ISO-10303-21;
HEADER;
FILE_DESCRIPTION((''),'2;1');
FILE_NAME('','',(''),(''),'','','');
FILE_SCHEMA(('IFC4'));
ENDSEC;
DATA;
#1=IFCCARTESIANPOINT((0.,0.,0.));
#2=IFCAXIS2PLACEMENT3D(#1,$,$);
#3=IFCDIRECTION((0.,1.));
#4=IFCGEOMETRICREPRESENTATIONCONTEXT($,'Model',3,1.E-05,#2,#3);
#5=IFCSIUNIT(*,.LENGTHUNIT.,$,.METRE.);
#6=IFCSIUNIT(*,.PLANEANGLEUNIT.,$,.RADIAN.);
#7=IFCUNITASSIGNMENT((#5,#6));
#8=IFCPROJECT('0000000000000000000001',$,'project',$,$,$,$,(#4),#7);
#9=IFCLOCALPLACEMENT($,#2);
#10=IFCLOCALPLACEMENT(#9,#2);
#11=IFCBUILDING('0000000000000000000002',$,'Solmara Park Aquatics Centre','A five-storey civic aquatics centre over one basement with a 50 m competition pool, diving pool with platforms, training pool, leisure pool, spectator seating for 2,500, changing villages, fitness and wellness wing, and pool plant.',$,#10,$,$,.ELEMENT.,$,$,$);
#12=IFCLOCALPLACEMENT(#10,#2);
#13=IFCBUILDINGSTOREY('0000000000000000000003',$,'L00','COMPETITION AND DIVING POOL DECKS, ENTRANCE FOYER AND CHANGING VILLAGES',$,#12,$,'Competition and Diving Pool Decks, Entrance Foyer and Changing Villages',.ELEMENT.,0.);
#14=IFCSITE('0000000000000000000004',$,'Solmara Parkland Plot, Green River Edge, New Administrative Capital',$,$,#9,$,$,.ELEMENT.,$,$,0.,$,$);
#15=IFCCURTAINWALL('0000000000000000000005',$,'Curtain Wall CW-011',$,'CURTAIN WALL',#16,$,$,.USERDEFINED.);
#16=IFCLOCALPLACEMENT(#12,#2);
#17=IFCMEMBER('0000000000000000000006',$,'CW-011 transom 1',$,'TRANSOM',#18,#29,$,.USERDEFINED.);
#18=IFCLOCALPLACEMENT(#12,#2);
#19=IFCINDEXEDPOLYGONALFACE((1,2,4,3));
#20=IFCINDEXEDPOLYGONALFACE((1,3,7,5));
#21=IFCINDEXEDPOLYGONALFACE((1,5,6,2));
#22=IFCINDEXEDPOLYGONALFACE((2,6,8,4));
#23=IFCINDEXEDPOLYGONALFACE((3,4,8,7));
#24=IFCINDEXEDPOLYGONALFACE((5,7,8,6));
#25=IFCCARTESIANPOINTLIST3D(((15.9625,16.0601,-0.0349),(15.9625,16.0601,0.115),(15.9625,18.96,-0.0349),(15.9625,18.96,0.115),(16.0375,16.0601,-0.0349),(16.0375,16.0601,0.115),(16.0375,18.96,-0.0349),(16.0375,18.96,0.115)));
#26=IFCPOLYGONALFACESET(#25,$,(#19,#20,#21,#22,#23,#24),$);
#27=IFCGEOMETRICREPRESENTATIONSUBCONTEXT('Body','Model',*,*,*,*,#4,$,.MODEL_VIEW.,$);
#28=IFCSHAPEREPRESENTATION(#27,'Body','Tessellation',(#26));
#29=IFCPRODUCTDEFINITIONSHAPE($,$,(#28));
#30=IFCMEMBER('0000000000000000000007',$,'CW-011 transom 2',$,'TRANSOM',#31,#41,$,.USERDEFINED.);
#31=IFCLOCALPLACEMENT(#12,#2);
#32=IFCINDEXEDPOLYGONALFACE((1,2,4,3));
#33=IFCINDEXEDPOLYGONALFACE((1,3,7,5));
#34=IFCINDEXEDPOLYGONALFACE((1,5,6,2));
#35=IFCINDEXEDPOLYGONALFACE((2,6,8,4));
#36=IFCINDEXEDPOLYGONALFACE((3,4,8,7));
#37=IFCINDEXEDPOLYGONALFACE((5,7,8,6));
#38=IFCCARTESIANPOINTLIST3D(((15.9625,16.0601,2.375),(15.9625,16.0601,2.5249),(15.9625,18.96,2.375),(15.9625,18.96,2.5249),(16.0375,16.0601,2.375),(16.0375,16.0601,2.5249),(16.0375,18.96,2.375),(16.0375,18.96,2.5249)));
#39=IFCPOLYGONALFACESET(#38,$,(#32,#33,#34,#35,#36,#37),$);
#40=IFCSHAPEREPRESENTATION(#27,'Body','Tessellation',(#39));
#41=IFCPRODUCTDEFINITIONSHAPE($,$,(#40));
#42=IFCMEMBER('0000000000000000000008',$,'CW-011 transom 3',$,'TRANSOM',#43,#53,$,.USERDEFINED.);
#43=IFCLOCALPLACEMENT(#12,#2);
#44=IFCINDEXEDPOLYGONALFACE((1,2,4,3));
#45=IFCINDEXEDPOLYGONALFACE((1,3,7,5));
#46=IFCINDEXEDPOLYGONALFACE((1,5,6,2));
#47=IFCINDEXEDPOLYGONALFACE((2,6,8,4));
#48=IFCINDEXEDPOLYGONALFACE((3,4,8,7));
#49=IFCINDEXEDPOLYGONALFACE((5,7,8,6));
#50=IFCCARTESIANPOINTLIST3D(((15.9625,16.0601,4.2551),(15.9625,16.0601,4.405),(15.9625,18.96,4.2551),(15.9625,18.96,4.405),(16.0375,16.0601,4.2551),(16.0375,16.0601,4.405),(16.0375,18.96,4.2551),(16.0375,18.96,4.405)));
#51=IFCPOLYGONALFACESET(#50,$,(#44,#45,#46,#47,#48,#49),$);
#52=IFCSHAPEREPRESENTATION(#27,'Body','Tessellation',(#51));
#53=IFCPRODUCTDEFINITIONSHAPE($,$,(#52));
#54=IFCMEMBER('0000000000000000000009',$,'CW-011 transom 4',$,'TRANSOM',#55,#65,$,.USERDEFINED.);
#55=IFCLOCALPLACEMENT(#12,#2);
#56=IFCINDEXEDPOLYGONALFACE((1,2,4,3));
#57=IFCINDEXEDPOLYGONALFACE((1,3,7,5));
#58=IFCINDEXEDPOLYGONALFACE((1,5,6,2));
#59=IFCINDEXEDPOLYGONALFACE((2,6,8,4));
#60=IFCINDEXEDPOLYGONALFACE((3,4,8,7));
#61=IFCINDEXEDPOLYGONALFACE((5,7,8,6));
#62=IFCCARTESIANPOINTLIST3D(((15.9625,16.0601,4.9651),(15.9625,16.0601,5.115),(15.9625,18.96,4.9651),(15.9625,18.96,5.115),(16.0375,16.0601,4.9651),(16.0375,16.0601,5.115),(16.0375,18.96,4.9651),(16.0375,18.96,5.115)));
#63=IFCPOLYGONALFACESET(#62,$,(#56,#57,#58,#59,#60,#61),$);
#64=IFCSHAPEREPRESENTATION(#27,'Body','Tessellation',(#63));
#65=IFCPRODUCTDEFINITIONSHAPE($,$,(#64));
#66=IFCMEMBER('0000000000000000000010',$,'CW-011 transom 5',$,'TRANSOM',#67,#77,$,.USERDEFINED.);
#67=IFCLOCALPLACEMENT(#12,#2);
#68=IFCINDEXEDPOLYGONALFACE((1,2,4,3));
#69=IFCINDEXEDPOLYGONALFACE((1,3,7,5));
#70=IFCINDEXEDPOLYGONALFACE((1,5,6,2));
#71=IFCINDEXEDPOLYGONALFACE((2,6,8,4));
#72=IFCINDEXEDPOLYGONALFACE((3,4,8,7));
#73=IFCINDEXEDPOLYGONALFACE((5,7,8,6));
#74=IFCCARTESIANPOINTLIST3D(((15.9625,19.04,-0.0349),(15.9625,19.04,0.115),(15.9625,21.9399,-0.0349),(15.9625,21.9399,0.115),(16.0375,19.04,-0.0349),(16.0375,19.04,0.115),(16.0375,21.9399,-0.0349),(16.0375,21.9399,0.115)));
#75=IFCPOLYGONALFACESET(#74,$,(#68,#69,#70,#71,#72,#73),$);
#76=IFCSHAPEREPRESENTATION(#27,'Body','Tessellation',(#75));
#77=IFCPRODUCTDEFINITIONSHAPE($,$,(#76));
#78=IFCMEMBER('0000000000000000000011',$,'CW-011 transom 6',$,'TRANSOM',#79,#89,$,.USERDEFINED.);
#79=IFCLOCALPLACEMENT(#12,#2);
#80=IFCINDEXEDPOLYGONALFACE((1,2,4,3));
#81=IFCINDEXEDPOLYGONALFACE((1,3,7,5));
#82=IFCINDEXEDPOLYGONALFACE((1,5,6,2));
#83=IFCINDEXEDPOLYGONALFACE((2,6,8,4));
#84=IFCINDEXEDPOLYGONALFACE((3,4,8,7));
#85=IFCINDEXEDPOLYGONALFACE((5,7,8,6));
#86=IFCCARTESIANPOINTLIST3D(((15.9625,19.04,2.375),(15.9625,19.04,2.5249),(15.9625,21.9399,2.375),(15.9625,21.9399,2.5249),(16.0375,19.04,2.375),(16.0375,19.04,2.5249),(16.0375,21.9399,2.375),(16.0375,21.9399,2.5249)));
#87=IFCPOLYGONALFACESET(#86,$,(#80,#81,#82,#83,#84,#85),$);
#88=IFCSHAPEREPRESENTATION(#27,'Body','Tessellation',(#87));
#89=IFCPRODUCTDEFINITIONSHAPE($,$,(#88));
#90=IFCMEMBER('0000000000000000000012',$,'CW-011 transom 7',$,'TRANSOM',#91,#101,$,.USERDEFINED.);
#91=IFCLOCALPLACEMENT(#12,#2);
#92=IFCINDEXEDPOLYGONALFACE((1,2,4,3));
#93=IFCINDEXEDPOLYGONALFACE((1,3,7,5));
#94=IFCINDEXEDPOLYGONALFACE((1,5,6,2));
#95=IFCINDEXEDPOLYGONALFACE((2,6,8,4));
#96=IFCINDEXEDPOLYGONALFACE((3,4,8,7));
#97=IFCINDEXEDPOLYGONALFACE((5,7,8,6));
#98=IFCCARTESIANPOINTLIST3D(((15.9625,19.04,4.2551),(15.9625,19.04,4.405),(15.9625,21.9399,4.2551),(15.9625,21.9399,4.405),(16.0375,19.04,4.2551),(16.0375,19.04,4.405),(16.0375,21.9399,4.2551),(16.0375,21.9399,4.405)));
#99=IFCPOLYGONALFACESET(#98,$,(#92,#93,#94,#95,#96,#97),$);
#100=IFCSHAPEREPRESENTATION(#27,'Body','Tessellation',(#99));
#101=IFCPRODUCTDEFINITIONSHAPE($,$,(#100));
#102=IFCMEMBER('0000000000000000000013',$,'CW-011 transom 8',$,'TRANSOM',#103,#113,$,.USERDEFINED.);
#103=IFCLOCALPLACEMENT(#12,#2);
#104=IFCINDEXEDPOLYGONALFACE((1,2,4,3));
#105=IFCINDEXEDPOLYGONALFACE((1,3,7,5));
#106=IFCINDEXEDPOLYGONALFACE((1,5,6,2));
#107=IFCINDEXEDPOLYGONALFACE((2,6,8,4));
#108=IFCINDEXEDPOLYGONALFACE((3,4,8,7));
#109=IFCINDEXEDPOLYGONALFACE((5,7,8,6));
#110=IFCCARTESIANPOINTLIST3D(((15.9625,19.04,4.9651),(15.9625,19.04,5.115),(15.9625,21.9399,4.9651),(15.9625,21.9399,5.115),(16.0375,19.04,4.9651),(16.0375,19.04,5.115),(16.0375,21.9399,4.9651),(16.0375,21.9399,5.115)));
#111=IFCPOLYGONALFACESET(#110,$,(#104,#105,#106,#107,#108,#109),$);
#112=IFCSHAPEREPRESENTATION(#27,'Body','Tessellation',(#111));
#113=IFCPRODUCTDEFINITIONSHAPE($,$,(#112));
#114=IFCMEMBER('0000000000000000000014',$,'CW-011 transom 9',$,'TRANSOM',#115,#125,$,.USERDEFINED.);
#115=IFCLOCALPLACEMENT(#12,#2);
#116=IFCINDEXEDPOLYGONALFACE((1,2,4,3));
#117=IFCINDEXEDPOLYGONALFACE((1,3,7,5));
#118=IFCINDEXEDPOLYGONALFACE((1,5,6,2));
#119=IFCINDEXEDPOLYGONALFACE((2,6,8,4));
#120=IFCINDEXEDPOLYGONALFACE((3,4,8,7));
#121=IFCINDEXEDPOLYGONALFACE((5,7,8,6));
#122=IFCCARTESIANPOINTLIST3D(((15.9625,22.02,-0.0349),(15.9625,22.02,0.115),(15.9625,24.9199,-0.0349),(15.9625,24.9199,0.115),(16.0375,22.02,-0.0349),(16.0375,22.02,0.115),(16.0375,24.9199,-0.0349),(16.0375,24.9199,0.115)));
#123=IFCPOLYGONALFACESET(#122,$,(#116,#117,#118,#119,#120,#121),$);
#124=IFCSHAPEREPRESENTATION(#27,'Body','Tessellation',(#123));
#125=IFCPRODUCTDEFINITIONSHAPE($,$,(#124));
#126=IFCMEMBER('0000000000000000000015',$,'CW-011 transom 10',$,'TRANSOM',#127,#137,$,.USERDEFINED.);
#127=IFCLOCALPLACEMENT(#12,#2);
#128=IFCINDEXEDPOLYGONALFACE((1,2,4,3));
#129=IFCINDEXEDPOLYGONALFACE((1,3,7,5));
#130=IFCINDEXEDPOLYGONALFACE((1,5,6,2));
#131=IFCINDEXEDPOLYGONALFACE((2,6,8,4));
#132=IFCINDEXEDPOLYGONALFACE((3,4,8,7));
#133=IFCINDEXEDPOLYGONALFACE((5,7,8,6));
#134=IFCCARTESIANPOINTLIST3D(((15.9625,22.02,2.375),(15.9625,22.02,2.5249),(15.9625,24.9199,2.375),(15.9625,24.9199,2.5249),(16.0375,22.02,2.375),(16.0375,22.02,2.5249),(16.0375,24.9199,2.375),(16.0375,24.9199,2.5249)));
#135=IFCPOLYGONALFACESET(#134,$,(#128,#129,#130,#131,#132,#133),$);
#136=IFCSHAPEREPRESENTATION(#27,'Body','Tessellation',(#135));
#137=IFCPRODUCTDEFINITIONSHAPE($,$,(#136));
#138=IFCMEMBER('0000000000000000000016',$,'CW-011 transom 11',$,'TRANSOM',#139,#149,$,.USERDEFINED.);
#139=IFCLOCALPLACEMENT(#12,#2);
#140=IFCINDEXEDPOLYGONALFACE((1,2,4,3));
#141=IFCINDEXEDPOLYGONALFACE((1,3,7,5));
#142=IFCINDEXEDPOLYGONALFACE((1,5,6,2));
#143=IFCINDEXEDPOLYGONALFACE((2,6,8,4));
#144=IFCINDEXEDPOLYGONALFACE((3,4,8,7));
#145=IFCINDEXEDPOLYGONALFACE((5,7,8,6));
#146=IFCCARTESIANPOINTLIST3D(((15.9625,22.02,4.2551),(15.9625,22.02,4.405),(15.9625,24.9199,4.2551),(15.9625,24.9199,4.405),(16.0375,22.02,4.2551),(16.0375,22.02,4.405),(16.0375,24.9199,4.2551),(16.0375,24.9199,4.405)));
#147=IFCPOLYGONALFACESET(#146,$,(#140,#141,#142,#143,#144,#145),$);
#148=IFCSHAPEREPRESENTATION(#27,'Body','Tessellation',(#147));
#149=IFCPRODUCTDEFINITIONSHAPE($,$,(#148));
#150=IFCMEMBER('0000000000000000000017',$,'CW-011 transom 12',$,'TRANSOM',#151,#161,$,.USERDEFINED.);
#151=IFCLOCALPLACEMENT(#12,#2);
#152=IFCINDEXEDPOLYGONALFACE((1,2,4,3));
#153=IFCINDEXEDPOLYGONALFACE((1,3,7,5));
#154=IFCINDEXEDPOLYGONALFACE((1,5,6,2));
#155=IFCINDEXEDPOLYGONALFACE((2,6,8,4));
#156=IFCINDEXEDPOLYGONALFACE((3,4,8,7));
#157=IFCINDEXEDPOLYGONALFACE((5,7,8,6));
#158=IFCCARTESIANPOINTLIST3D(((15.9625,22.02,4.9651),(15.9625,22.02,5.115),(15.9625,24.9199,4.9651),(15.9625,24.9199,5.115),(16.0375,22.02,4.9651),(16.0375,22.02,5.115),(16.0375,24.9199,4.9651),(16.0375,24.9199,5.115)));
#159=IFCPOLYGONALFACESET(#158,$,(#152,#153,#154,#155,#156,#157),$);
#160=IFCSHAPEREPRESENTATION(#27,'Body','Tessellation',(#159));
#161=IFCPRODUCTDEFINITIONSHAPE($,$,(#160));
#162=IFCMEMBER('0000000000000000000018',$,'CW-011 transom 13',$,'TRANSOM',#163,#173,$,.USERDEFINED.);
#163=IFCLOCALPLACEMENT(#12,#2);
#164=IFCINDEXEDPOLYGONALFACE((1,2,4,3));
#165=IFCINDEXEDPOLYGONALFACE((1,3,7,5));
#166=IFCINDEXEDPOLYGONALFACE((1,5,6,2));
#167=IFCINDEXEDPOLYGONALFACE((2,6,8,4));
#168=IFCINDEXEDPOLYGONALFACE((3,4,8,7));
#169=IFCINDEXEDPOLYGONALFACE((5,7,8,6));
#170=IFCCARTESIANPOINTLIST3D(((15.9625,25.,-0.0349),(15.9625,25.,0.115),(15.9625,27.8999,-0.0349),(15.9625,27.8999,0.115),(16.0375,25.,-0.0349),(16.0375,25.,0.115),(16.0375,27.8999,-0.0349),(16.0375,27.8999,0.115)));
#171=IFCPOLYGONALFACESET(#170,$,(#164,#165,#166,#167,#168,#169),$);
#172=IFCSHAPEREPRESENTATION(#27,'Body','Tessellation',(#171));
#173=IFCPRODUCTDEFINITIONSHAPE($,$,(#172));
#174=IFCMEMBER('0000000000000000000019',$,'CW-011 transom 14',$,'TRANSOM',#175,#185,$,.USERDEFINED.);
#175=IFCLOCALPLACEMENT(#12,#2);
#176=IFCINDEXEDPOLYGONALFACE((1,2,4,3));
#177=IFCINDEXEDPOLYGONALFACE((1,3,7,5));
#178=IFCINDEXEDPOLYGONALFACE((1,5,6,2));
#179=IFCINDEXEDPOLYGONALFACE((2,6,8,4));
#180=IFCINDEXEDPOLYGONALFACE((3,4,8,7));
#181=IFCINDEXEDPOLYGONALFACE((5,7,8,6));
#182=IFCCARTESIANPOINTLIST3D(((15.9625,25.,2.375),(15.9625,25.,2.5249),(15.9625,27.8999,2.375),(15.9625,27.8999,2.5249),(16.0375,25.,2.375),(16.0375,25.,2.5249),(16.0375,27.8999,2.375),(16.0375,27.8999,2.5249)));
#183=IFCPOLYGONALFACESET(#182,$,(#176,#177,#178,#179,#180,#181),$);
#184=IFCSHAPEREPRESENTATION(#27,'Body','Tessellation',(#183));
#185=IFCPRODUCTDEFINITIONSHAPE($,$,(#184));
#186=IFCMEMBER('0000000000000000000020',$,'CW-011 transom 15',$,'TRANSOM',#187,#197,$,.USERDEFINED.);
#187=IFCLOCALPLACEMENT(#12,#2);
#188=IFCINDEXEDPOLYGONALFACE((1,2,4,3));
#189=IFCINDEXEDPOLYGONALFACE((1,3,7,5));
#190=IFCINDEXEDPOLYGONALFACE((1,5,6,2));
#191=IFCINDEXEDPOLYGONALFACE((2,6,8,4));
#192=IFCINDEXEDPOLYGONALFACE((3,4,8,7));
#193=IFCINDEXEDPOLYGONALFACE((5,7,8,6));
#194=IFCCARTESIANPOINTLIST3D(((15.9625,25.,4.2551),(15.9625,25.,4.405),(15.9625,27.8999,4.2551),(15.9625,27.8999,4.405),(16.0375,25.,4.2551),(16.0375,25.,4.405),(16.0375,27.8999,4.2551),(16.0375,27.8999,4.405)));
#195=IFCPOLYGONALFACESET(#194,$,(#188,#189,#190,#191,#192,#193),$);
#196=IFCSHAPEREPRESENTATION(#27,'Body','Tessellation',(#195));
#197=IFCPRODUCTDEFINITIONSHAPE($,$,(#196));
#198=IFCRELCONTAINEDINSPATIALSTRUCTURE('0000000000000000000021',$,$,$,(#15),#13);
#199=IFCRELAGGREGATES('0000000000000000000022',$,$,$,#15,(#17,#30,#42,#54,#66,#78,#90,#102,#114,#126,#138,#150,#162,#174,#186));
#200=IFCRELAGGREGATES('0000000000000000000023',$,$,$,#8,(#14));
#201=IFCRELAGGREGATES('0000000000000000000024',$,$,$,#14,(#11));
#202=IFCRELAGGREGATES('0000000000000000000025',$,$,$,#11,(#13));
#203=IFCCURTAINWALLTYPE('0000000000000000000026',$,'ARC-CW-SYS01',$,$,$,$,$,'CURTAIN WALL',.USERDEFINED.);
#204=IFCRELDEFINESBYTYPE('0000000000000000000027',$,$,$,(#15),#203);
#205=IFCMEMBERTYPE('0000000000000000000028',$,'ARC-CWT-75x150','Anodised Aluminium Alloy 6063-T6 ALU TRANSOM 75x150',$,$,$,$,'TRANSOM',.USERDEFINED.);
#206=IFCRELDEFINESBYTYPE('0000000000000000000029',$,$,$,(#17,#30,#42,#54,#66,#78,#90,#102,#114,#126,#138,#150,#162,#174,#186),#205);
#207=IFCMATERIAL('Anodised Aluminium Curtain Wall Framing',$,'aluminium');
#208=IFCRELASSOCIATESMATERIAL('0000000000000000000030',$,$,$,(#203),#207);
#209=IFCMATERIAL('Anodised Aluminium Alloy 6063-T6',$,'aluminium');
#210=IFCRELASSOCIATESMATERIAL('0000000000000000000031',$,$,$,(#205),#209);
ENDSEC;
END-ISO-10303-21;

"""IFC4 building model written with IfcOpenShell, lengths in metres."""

from ifc_helpers import new_model, si_unit, direction, frame, origin, origin_2d, place, context, subcontext, project, spatial, rectangle, extrude, material, material_profile, profile_set, type_object, element, aggregate, save


model = new_model("IFC4")

# Units and contexts
model_context = context("Model", 3, precision=1e-05, world=origin(), true_north=direction((0.0, 1.0)))
body_context = subcontext(model_context, "Body", "Model", "MODEL_VIEW")
ifc_project = project(units=[si_unit("LENGTHUNIT", "METRE"), si_unit("PLANEANGLEUNIT", "RADIAN")], contexts=[model_context])

# Site, building, storey
site_placement = place(None, origin())
site = spatial("IfcSite", under=ifc_project, at=site_placement, Name="Solmara Parkland Plot, Green River Edge, New Administrative Capital", CompositionType="ELEMENT", RefElevation=0.0)
building_placement = place(site_placement, origin())
building = spatial("IfcBuilding", under=site, at=building_placement, Name="Solmara Park Aquatics Centre", Description="A five-storey civic aquatics centre over one basement with a 50 m competition pool, diving pool with platforms, training pool, leisure pool, spectator seating for 2,500, changing villages, fitness and wellness wing, and pool plant.", CompositionType="ELEMENT")
storey_placement = place(building_placement, origin())
storey = spatial("IfcBuildingStorey", under=building, at=storey_placement, Name="L00", Description="COMPETITION AND DIVING POOL DECKS, ENTRANCE FOYER AND CHANGING VILLAGES", LongName="Competition and Diving Pool Decks, Entrance Foyer and Changing Villages", CompositionType="ELEMENT", Elevation=0.0)

# Curtain wall
ifc_material_1 = material(Name="Anodised Aluminium Curtain Wall Framing", Category="aluminium")
curtain_wall_type = type_object("IfcCurtainWallType", Name="ARC-CW-SYS01", ElementType="CURTAIN WALL", PredefinedType="USERDEFINED", material=ifc_material_1)
curtain_wall_1_placement = place(storey_placement, origin())
curtain_wall_1 = element("IfcCurtainWall", 1, at=curtain_wall_1_placement, inside=storey, type_object=curtain_wall_type, Name="Curtain Wall CW-011", ObjectType="CURTAIN WALL", PredefinedType="USERDEFINED")
ifc_material_2 = material(Name="Anodised Aluminium Alloy 6063-T6", Category="aluminium")

# Members
ifc_material_profile_1 = material_profile(ifc_material_2, rectangle(XDim=0.075, YDim=0.1499, at=origin_2d()), Name="ALU TRANSOM 75x150")
ifc_profile_set_1 = profile_set([ifc_material_profile_1], Name="Anodised Aluminium Alloy 6063-T6")
member_type_1 = type_object("IfcMemberType", Name="ARC-CWT-75x150", Description="Anodised Aluminium Alloy 6063-T6 ALU TRANSOM 75x150", ElementType="TRANSOM", PredefinedType="USERDEFINED", material=ifc_profile_set_1)
member_1_placement = place(storey_placement, frame((16.0, 16.0601, 0.04), z_axis=(0.0, 1.0, 0.0), x_axis=(-1.0, 0.0, 0.0)))
member_1 = element("IfcMember", 2, at=member_1_placement, type_object=member_type_1, Name="CW-011 transom 1", ObjectType="TRANSOM", PredefinedType="USERDEFINED", context=body_context, shape_type="SweptSolid", body=[
    extrude(rectangle(XDim=0.075, YDim=0.1499, at=origin_2d()), origin(), (0.0, 0.0, 1.0), 2.8999),
])
member_2_placement = place(storey_placement, frame((16.0, 16.0601, 2.45), z_axis=(0.0, 1.0, 0.0), x_axis=(-1.0, 0.0, 0.0)))
member_2 = element("IfcMember", 3, at=member_2_placement, type_object=member_type_1, Name="CW-011 transom 2", ObjectType="TRANSOM", PredefinedType="USERDEFINED", context=body_context, shape_type="SweptSolid", body=[
    extrude(rectangle(XDim=0.075, YDim=0.1499, at=origin_2d()), origin(), (0.0, 0.0, 1.0), 2.8999),
])
member_3_placement = place(storey_placement, frame((16.0, 16.0601, 4.3301), z_axis=(0.0, 1.0, 0.0), x_axis=(-1.0, 0.0, 0.0)))
member_3 = element("IfcMember", 4, at=member_3_placement, type_object=member_type_1, Name="CW-011 transom 3", ObjectType="TRANSOM", PredefinedType="USERDEFINED", context=body_context, shape_type="SweptSolid", body=[
    extrude(rectangle(XDim=0.075, YDim=0.1499, at=origin_2d()), origin(), (0.0, 0.0, 1.0), 2.8999),
])
member_4_placement = place(storey_placement, frame((16.0, 16.0601, 5.04), z_axis=(0.0, 1.0, 0.0), x_axis=(-1.0, 0.0, 0.0)))
member_4 = element("IfcMember", 5, at=member_4_placement, type_object=member_type_1, Name="CW-011 transom 4", ObjectType="TRANSOM", PredefinedType="USERDEFINED", context=body_context, shape_type="SweptSolid", body=[
    extrude(rectangle(XDim=0.075, YDim=0.1499, at=origin_2d()), origin(), (0.0, 0.0, 1.0), 2.8999),
])
member_5_placement = place(storey_placement, frame((16.0, 19.04, 0.04), z_axis=(0.0, 1.0, 0.0), x_axis=(-1.0, 0.0, 0.0)))
member_5 = element("IfcMember", 6, at=member_5_placement, type_object=member_type_1, Name="CW-011 transom 5", ObjectType="TRANSOM", PredefinedType="USERDEFINED", context=body_context, shape_type="SweptSolid", body=[
    extrude(rectangle(XDim=0.075, YDim=0.1499, at=origin_2d()), origin(), (0.0, 0.0, 1.0), 2.8999),
])
member_6_placement = place(storey_placement, frame((16.0, 19.04, 2.45), z_axis=(0.0, 1.0, 0.0), x_axis=(-1.0, 0.0, 0.0)))
member_6 = element("IfcMember", 7, at=member_6_placement, type_object=member_type_1, Name="CW-011 transom 6", ObjectType="TRANSOM", PredefinedType="USERDEFINED", context=body_context, shape_type="SweptSolid", body=[
    extrude(rectangle(XDim=0.075, YDim=0.1499, at=origin_2d()), origin(), (0.0, 0.0, 1.0), 2.8999),
])
member_7_placement = place(storey_placement, frame((16.0, 19.04, 4.3301), z_axis=(0.0, 1.0, 0.0), x_axis=(-1.0, 0.0, 0.0)))
member_7 = element("IfcMember", 8, at=member_7_placement, type_object=member_type_1, Name="CW-011 transom 7", ObjectType="TRANSOM", PredefinedType="USERDEFINED", context=body_context, shape_type="SweptSolid", body=[
    extrude(rectangle(XDim=0.075, YDim=0.1499, at=origin_2d()), origin(), (0.0, 0.0, 1.0), 2.8999),
])
member_8_placement = place(storey_placement, frame((16.0, 19.04, 5.04), z_axis=(0.0, 1.0, 0.0), x_axis=(-1.0, 0.0, 0.0)))
member_8 = element("IfcMember", 9, at=member_8_placement, type_object=member_type_1, Name="CW-011 transom 8", ObjectType="TRANSOM", PredefinedType="USERDEFINED", context=body_context, shape_type="SweptSolid", body=[
    extrude(rectangle(XDim=0.075, YDim=0.1499, at=origin_2d()), origin(), (0.0, 0.0, 1.0), 2.8999),
])
member_9_placement = place(storey_placement, frame((16.0, 22.02, 0.04), z_axis=(0.0, 1.0, 0.0), x_axis=(-1.0, 0.0, 0.0)))
member_9 = element("IfcMember", 10, at=member_9_placement, type_object=member_type_1, Name="CW-011 transom 9", ObjectType="TRANSOM", PredefinedType="USERDEFINED", context=body_context, shape_type="SweptSolid", body=[
    extrude(rectangle(XDim=0.075, YDim=0.1499, at=origin_2d()), origin(), (0.0, 0.0, 1.0), 2.8999),
])
member_10_placement = place(storey_placement, frame((16.0, 22.02, 2.45), z_axis=(0.0, 1.0, 0.0), x_axis=(-1.0, 0.0, 0.0)))
member_10 = element("IfcMember", 11, at=member_10_placement, type_object=member_type_1, Name="CW-011 transom 10", ObjectType="TRANSOM", PredefinedType="USERDEFINED", context=body_context, shape_type="SweptSolid", body=[
    extrude(rectangle(XDim=0.075, YDim=0.1499, at=origin_2d()), origin(), (0.0, 0.0, 1.0), 2.8999),
])
member_11_placement = place(storey_placement, frame((16.0, 22.02, 4.3301), z_axis=(0.0, 1.0, 0.0), x_axis=(-1.0, 0.0, 0.0)))
member_11 = element("IfcMember", 12, at=member_11_placement, type_object=member_type_1, Name="CW-011 transom 11", ObjectType="TRANSOM", PredefinedType="USERDEFINED", context=body_context, shape_type="SweptSolid", body=[
    extrude(rectangle(XDim=0.075, YDim=0.1499, at=origin_2d()), origin(), (0.0, 0.0, 1.0), 2.8999),
])
member_12_placement = place(storey_placement, frame((16.0, 22.02, 5.04), z_axis=(0.0, 1.0, 0.0), x_axis=(-1.0, 0.0, 0.0)))
member_12 = element("IfcMember", 13, at=member_12_placement, type_object=member_type_1, Name="CW-011 transom 12", ObjectType="TRANSOM", PredefinedType="USERDEFINED", context=body_context, shape_type="SweptSolid", body=[
    extrude(rectangle(XDim=0.075, YDim=0.1499, at=origin_2d()), origin(), (0.0, 0.0, 1.0), 2.8999),
])
member_13_placement = place(storey_placement, frame((16.0, 25.0, 0.04), z_axis=(0.0, 1.0, 0.0), x_axis=(-1.0, 0.0, 0.0)))
member_13 = element("IfcMember", 14, at=member_13_placement, type_object=member_type_1, Name="CW-011 transom 13", ObjectType="TRANSOM", PredefinedType="USERDEFINED", context=body_context, shape_type="SweptSolid", body=[
    extrude(rectangle(XDim=0.075, YDim=0.1499, at=origin_2d()), origin(), (0.0, 0.0, 1.0), 2.8999),
])
member_14_placement = place(storey_placement, frame((16.0, 25.0, 2.45), z_axis=(0.0, 1.0, 0.0), x_axis=(-1.0, 0.0, 0.0)))
member_14 = element("IfcMember", 15, at=member_14_placement, type_object=member_type_1, Name="CW-011 transom 14", ObjectType="TRANSOM", PredefinedType="USERDEFINED", context=body_context, shape_type="SweptSolid", body=[
    extrude(rectangle(XDim=0.075, YDim=0.1499, at=origin_2d()), origin(), (0.0, 0.0, 1.0), 2.8999),
])
member_15_placement = place(storey_placement, frame((16.0, 25.0, 4.3301), z_axis=(0.0, 1.0, 0.0), x_axis=(-1.0, 0.0, 0.0)))
member_15 = element("IfcMember", 16, at=member_15_placement, type_object=member_type_1, Name="CW-011 transom 15", ObjectType="TRANSOM", PredefinedType="USERDEFINED", context=body_context, shape_type="SweptSolid", body=[
    extrude(rectangle(XDim=0.075, YDim=0.1499, at=origin_2d()), origin(), (0.0, 0.0, 1.0), 2.8999),
])

aggregate(curtain_wall_1, [member_1, member_2, member_3, member_4, member_5, member_6, member_7, member_8, member_9, member_10, member_11, member_12, member_13, member_14, member_15])

save(model, "model.ifc")
